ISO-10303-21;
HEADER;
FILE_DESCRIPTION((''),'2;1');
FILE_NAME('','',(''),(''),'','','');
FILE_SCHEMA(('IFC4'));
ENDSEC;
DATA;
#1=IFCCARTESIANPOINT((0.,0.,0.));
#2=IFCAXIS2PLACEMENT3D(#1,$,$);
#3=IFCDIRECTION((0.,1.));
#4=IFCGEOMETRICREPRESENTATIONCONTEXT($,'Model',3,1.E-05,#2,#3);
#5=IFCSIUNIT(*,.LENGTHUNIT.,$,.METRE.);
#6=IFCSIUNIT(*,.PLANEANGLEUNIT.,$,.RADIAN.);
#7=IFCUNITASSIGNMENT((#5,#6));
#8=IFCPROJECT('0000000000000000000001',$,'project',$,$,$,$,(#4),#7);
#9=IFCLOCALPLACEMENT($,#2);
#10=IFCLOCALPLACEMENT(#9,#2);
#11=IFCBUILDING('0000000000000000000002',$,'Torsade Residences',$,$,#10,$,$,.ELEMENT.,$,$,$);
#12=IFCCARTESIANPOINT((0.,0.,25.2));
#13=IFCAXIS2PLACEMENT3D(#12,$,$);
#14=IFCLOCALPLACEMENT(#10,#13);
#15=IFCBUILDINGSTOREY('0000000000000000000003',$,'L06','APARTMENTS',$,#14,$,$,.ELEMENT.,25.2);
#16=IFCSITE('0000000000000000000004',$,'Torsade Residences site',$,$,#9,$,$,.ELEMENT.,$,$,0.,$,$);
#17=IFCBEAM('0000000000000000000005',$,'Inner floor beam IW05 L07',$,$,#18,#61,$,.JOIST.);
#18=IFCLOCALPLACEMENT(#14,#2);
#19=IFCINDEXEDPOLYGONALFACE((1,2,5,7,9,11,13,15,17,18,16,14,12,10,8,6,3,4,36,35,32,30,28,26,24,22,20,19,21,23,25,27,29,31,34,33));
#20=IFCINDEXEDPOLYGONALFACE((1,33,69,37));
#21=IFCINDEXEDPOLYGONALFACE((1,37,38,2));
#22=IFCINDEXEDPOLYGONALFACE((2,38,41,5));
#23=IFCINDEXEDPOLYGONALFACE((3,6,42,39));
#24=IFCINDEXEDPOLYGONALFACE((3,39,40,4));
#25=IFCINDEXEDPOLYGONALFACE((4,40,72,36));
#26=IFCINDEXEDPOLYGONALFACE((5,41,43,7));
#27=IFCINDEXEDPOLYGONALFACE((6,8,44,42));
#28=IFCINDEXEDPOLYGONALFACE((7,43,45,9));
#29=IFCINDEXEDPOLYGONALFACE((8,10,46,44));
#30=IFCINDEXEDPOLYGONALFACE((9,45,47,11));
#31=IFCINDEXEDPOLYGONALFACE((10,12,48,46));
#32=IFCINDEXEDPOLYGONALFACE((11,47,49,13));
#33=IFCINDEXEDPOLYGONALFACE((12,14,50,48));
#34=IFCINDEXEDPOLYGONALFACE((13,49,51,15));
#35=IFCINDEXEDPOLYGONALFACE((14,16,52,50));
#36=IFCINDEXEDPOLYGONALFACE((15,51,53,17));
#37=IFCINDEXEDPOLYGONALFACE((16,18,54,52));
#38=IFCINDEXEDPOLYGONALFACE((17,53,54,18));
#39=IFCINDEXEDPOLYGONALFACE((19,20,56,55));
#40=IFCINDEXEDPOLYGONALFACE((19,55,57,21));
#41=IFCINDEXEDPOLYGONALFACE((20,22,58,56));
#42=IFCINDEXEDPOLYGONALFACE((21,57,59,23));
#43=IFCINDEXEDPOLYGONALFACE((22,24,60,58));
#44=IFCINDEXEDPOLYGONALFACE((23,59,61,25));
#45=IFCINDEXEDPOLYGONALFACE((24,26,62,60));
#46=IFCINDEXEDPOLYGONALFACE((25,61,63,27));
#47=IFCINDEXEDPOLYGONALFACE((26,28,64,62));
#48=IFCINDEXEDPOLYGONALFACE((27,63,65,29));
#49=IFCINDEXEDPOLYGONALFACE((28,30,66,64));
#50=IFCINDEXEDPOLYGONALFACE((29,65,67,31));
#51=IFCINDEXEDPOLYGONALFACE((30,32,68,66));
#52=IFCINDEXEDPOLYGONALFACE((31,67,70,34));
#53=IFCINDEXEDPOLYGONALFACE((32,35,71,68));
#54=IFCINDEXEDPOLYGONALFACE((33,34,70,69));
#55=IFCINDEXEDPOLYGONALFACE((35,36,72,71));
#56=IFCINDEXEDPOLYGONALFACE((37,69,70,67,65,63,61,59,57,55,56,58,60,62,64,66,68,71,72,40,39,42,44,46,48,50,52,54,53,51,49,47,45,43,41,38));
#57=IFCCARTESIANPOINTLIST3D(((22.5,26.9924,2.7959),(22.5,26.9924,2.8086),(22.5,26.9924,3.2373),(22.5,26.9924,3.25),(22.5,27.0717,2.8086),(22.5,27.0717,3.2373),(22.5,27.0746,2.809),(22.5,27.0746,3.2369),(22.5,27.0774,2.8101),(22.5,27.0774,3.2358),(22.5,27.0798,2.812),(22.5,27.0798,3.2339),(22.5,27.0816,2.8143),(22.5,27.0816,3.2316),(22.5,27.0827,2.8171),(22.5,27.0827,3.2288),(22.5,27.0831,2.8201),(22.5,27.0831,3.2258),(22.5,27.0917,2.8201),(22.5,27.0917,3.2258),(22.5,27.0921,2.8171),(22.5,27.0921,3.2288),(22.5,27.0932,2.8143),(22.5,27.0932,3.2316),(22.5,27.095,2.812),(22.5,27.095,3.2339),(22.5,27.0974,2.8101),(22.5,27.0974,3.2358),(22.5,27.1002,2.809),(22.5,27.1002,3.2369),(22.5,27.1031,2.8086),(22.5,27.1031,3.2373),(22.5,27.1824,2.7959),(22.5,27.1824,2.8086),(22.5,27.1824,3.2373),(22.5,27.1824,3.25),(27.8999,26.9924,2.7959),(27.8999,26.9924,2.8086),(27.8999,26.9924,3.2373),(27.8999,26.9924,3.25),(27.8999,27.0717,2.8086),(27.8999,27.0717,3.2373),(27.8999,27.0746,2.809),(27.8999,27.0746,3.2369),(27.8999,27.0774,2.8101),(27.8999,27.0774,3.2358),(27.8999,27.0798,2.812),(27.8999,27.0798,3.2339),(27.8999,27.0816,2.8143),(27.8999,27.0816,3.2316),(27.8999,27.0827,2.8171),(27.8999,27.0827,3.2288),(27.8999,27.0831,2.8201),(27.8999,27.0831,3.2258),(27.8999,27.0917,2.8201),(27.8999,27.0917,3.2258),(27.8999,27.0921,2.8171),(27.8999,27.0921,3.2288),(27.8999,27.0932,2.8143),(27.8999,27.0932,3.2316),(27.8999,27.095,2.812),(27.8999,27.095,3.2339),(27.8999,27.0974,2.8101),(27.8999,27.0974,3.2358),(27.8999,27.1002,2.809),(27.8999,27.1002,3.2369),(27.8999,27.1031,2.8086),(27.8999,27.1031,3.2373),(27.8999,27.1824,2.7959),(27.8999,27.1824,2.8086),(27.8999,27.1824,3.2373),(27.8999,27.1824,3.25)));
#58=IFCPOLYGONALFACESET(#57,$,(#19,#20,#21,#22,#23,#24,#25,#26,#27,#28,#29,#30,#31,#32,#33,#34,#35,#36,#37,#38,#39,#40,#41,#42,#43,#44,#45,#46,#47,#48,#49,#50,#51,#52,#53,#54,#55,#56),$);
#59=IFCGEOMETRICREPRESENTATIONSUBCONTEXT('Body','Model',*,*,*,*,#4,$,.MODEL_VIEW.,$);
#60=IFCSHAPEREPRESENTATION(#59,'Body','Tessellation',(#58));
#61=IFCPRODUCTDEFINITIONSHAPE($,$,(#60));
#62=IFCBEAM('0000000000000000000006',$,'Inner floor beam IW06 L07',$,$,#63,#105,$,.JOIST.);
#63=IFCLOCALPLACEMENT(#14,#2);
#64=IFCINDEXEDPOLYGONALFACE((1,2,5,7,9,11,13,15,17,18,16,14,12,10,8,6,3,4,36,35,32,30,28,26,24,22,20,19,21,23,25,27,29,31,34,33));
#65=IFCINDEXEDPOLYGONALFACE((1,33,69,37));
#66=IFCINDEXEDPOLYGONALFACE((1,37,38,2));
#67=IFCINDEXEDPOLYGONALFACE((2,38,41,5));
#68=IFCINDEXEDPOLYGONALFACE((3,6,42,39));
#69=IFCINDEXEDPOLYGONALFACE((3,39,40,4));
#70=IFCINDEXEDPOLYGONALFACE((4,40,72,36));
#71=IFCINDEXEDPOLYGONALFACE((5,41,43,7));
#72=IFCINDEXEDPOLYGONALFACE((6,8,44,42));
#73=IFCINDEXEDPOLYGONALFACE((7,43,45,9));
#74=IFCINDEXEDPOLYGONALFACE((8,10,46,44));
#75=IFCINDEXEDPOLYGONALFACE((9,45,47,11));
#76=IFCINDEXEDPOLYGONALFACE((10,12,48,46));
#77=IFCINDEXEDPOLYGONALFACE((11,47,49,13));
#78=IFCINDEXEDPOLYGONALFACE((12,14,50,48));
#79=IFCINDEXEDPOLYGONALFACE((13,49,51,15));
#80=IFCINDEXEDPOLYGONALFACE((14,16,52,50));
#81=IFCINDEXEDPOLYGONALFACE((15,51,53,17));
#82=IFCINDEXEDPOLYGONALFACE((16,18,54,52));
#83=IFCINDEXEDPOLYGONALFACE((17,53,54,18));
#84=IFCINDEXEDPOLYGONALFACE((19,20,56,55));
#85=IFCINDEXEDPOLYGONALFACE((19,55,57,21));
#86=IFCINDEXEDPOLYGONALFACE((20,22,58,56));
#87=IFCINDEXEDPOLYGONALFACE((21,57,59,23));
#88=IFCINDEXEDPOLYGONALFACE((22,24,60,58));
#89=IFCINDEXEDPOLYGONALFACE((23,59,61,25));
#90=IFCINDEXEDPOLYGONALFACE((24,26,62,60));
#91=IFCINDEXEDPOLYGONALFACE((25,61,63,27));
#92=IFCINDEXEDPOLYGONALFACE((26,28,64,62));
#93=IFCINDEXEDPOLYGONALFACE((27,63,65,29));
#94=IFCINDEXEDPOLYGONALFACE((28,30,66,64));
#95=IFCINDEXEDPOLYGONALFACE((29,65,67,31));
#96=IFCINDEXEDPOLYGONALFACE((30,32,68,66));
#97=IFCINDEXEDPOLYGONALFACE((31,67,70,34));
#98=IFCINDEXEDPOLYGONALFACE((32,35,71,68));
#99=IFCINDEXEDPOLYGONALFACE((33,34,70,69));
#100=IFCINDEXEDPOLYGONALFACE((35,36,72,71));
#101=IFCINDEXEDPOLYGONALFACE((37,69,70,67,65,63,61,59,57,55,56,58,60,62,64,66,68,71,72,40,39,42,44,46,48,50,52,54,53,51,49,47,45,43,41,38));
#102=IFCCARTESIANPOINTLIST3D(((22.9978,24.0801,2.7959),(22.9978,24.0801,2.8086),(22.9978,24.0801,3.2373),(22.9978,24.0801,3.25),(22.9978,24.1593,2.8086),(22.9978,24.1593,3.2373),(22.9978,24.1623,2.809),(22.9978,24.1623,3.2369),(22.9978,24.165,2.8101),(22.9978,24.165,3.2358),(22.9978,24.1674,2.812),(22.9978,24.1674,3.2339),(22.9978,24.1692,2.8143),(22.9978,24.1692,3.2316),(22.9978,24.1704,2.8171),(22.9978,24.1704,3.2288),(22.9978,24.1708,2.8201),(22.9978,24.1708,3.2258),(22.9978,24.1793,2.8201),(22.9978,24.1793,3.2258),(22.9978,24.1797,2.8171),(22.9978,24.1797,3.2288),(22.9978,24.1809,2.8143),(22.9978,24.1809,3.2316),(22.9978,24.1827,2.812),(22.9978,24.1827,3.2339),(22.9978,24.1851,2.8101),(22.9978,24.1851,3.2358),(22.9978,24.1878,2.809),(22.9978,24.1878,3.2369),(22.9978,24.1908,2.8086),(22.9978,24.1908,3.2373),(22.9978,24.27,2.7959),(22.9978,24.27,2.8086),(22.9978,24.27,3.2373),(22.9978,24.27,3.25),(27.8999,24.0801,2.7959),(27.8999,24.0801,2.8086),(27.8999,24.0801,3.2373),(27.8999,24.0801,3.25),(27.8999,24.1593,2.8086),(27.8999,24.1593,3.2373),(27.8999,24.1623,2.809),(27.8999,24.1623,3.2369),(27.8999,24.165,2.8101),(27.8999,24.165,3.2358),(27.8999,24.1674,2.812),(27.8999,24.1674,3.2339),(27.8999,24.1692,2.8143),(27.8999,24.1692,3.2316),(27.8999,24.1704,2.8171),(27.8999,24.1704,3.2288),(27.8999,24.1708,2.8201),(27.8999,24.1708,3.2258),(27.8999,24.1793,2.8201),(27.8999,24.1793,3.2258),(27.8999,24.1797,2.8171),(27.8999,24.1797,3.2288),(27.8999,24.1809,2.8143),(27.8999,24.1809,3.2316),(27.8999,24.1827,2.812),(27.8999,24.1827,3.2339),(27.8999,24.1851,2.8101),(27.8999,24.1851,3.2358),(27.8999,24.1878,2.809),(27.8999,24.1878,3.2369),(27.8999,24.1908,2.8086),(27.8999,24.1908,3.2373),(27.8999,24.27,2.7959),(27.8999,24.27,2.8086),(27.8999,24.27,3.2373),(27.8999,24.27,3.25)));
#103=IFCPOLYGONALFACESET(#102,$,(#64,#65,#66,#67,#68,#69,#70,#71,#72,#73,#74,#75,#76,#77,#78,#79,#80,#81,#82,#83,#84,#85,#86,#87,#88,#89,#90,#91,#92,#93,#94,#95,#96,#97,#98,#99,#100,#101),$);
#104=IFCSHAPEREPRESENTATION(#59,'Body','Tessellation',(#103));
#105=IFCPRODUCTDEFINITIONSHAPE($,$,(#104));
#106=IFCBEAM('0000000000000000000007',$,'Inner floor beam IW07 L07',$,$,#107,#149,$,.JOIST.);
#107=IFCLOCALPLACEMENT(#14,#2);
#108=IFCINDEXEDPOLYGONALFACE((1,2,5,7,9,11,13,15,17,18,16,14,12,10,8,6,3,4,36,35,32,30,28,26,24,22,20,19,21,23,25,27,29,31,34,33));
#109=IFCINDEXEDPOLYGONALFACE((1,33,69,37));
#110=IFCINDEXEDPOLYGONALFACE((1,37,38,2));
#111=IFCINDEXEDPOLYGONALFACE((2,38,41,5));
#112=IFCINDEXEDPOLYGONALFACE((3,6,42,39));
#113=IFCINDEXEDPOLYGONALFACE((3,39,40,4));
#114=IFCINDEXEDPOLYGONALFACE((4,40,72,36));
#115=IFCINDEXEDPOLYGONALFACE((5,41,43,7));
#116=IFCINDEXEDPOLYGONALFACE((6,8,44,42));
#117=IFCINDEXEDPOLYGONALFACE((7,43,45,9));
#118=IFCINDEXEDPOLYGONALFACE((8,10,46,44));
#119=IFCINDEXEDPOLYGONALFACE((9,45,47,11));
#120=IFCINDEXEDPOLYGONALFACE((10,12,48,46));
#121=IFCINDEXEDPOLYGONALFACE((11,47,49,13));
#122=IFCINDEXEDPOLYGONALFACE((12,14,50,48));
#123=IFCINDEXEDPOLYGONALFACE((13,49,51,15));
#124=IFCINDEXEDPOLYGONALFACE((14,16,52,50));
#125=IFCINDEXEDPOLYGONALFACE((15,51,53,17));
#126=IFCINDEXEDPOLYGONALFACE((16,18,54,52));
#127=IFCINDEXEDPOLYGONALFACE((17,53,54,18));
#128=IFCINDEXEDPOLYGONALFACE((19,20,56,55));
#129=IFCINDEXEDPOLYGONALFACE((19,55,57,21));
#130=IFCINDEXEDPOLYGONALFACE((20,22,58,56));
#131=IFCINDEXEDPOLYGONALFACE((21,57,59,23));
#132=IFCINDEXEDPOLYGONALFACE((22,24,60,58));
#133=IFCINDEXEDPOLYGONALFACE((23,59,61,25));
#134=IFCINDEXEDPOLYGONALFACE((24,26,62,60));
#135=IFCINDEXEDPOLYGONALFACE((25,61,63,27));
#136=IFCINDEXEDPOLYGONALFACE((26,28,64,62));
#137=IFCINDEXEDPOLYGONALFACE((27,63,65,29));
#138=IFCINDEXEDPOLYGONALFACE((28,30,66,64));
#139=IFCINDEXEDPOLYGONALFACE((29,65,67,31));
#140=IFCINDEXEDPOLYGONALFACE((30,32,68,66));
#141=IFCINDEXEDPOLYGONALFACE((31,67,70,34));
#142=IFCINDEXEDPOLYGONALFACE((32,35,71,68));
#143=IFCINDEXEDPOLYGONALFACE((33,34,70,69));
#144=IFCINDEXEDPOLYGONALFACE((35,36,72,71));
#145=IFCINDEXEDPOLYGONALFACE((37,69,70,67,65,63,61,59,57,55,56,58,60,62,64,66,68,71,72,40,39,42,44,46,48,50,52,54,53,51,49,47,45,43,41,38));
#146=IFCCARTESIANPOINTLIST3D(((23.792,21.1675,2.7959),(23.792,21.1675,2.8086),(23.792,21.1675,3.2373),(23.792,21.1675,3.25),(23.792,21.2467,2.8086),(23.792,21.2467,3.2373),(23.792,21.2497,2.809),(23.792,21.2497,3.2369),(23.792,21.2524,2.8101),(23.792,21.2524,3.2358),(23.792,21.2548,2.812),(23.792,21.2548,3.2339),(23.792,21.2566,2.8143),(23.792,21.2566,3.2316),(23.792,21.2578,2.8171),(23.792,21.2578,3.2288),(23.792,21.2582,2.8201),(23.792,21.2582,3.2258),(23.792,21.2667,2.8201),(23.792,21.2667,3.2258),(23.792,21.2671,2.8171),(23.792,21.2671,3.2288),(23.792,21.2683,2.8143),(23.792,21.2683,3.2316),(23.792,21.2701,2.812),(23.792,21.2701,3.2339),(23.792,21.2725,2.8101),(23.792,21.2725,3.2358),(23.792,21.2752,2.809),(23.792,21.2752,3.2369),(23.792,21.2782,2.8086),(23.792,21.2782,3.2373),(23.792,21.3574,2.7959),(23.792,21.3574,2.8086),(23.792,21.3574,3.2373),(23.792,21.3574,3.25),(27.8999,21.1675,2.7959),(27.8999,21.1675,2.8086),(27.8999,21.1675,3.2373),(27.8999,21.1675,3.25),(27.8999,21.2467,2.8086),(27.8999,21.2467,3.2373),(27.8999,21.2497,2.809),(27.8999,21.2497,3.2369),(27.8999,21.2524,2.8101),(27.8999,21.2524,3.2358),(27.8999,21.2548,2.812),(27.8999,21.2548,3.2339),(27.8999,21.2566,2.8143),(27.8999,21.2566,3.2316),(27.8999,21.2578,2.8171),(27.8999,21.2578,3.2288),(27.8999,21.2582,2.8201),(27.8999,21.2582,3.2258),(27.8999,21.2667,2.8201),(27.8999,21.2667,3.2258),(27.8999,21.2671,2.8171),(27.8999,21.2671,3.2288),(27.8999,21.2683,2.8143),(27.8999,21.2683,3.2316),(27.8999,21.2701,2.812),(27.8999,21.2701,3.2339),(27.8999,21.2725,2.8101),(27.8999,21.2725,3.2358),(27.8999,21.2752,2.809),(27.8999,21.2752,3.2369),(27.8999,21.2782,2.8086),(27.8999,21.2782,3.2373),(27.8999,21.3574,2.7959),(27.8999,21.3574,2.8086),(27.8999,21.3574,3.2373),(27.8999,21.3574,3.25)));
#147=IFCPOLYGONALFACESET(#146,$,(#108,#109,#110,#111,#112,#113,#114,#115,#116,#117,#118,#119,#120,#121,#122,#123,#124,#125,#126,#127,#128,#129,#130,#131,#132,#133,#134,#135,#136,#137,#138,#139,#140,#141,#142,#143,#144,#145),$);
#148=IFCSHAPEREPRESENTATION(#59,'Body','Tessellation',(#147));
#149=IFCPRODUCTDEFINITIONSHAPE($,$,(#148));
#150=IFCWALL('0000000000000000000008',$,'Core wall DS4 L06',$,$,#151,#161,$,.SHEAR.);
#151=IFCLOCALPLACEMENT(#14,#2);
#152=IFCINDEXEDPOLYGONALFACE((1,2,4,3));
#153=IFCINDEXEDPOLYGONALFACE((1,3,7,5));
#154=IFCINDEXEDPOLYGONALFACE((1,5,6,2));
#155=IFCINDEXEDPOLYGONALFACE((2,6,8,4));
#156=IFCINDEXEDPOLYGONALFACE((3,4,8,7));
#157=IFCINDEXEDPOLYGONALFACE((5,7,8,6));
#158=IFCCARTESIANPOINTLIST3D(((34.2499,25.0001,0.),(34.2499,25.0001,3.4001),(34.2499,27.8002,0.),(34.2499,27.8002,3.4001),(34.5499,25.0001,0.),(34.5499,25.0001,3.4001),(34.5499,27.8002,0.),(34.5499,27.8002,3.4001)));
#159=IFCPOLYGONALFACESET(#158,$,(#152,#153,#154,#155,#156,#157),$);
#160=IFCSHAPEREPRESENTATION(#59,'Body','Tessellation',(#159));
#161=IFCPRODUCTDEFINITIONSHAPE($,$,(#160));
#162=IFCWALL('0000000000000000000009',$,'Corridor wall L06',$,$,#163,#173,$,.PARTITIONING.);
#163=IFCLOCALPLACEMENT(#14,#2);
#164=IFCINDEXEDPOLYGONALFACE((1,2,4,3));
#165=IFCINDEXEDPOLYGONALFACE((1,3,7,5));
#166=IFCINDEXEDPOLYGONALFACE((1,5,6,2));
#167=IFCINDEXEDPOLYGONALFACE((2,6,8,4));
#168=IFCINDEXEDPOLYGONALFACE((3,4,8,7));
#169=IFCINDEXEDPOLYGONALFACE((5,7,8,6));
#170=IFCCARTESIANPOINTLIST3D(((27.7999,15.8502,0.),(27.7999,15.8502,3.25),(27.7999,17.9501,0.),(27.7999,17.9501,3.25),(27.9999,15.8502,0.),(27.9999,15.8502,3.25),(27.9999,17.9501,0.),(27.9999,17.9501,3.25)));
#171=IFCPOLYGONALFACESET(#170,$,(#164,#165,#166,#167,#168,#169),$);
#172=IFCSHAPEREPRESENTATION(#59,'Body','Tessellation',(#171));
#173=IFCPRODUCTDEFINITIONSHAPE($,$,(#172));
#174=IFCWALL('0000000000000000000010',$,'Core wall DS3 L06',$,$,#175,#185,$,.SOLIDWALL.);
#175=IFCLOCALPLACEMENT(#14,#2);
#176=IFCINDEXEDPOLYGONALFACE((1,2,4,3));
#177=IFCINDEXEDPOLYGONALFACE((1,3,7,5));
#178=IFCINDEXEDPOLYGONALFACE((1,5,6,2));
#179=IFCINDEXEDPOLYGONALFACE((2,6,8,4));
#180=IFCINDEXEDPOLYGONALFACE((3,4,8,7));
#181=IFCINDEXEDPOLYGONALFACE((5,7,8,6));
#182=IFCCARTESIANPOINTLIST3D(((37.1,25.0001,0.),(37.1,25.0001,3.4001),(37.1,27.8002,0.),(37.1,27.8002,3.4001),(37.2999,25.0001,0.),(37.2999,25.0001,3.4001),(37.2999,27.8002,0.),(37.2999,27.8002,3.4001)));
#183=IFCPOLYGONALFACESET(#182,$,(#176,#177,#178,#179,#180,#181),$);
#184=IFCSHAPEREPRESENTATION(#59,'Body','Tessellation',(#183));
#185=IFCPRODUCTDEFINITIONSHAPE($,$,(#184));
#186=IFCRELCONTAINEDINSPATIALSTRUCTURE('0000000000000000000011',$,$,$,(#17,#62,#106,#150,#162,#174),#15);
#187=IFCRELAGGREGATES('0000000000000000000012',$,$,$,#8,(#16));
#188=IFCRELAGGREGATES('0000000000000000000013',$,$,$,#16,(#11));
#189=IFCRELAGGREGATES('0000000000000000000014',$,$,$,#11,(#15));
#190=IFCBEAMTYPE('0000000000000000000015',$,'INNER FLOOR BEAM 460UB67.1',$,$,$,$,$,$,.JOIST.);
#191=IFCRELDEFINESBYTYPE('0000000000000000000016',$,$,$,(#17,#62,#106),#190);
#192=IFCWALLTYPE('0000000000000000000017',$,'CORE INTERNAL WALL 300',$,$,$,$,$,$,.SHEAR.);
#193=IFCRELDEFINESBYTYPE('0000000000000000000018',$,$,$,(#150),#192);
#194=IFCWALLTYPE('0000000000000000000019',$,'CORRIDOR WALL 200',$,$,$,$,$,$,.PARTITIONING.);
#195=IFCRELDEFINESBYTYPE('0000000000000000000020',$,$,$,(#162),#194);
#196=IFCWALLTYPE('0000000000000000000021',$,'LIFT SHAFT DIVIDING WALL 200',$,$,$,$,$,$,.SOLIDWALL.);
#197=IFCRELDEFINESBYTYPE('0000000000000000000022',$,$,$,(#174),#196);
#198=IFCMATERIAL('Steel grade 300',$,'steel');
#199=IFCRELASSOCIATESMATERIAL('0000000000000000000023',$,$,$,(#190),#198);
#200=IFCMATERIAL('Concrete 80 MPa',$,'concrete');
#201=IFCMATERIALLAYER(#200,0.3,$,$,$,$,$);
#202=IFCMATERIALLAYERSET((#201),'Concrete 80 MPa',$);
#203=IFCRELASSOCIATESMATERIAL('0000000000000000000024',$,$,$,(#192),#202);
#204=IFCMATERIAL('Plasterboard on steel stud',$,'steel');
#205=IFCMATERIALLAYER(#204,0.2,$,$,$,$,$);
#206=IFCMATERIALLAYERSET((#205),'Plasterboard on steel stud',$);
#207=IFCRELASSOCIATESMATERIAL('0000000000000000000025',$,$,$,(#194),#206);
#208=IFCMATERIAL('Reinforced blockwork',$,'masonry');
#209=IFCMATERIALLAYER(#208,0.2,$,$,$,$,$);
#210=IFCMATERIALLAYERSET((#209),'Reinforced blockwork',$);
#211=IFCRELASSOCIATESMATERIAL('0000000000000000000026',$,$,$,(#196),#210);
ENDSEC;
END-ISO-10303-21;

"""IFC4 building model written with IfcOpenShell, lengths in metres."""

from ifc_helpers import new_model, si_unit, direction, frame, frame_2d, origin, origin_2d, place, context, subcontext, project, spatial, rectangle, i_section, extrude, material, layer, layer_set, material_profile, profile_set, type_object, element, save


model = new_model("IFC4")

# Units and contexts
model_context = context("Model", 3, precision=1e-05, world=origin(), true_north=direction((0.0, 1.0)))
body_context = subcontext(model_context, "Body", "Model", "MODEL_VIEW")
ifc_project = project(units=[si_unit("LENGTHUNIT", "METRE"), si_unit("PLANEANGLEUNIT", "RADIAN")], contexts=[model_context])

# Site, building, storey
site_placement = place(None, origin())
site = spatial("IfcSite", under=ifc_project, at=site_placement, Name="Torsade Residences site", CompositionType="ELEMENT", RefElevation=0.0)
building_placement = place(site_placement, origin())
building = spatial("IfcBuilding", under=site, at=building_placement, Name="Torsade Residences", CompositionType="ELEMENT")
storey_placement = place(building_placement, frame((0.0, 0.0, 25.2)))
storey = spatial("IfcBuildingStorey", under=building, at=storey_placement, Name="L06", Description="APARTMENTS", CompositionType="ELEMENT", Elevation=25.2)

# Beams
ifc_material_1 = material(Name="Steel grade 300", Category="steel")
ifc_material_profile_1 = material_profile(ifc_material_1, i_section(OverallWidth=0.1899, OverallDepth=0.4541, WebThickness=0.0085, FlangeThickness=0.0127, FilletRadius=0.0115, at=origin_2d()), Name="460UB67.1")
ifc_profile_set_1 = profile_set([ifc_material_profile_1], Name="Steel grade 300")
beam_type = type_object("IfcBeamType", Name="INNER FLOOR BEAM 460UB67.1", PredefinedType="JOIST", material=ifc_profile_set_1)
beam_1_placement = place(storey_placement, frame((27.8999, 27.0874, 3.0229), z_axis=(-1.0, 0.0, 0.0), x_axis=(0.0, -1.0, 0.0)))
element("IfcBeam", 1, at=beam_1_placement, inside=storey, type_object=beam_type, Name="Inner floor beam IW05 L07", PredefinedType="JOIST", context=body_context, shape_type="SweptSolid", body=[
    extrude(i_section(OverallWidth=0.1899, OverallDepth=0.4541, WebThickness=0.0085, FlangeThickness=0.0127, FilletRadius=0.0115, at=origin_2d()), origin(), (0.0, 0.0, 1.0), 5.3999),
])
beam_2_placement = place(storey_placement, frame((27.8999, 24.175, 3.0229), z_axis=(-1.0, 0.0, 0.0), x_axis=(0.0, -1.0, 0.0)))
element("IfcBeam", 2, at=beam_2_placement, inside=storey, type_object=beam_type, Name="Inner floor beam IW06 L07", PredefinedType="JOIST", context=body_context, shape_type="SweptSolid", body=[
    extrude(i_section(OverallWidth=0.1899, OverallDepth=0.4541, WebThickness=0.0085, FlangeThickness=0.0127, FilletRadius=0.0115, at=origin_2d()), origin(), (0.0, 0.0, 1.0), 4.9021),
])
beam_3_placement = place(storey_placement, frame((27.8999, 21.2625, 3.0229), z_axis=(-1.0, 0.0, 0.0), x_axis=(0.0, -1.0, 0.0)))
element("IfcBeam", 3, at=beam_3_placement, inside=storey, type_object=beam_type, Name="Inner floor beam IW07 L07", PredefinedType="JOIST", context=body_context, shape_type="SweptSolid", body=[
    extrude(i_section(OverallWidth=0.1899, OverallDepth=0.4541, WebThickness=0.0085, FlangeThickness=0.0127, FilletRadius=0.0115, at=origin_2d()), origin(), (0.0, 0.0, 1.0), 4.1079),
])

# Walls
ifc_material_2 = material(Name="Concrete 80 MPa", Category="concrete")
ifc_layer_1 = layer(ifc_material_2, 0.3)
ifc_layer_set_1 = layer_set([ifc_layer_1], Name="Concrete 80 MPa")
wall_type_1 = type_object("IfcWallType", Name="CORE INTERNAL WALL 300", PredefinedType="SHEAR", material=ifc_layer_set_1)
wall_1_placement = place(storey_placement, frame((34.3999, 27.8, 0.0), z_axis=(0.0, 0.0, 1.0), x_axis=(0.0, -1.0, 0.0)))
element("IfcWall", 4, at=wall_1_placement, inside=storey, type_object=wall_type_1, Name="Core wall DS4 L06", PredefinedType="SHEAR", context=body_context, shape_type="SweptSolid", body=[
    extrude(rectangle(XDim=2.8, YDim=0.3, at=frame_2d((1.3999, 0.0))), origin(), (0.0, 0.0, 1.0), 3.4001),
])
ifc_material_3 = material(Name="Plasterboard on steel stud", Category="steel")
ifc_layer_2 = layer(ifc_material_3, 0.2)
ifc_layer_set_2 = layer_set([ifc_layer_2], Name="Plasterboard on steel stud")
wall_type_2 = type_object("IfcWallType", Name="CORRIDOR WALL 200", PredefinedType="PARTITIONING", material=ifc_layer_set_2)
wall_2_placement = place(storey_placement, frame((27.8999, 17.95, 0.0), z_axis=(0.0, 0.0, 1.0), x_axis=(0.0, -1.0, 0.0)))
element("IfcWall", 5, at=wall_2_placement, inside=storey, type_object=wall_type_2, Name="Corridor wall L06", PredefinedType="PARTITIONING", context=body_context, shape_type="SweptSolid", body=[
    extrude(rectangle(XDim=2.0999, YDim=0.2, at=frame_2d((1.0498, 0.0))), origin(), (0.0, 0.0, 1.0), 3.25),
])
ifc_material_4 = material(Name="Reinforced blockwork", Category="masonry")
ifc_layer_3 = layer(ifc_material_4, 0.2)
ifc_layer_set_3 = layer_set([ifc_layer_3], Name="Reinforced blockwork")
wall_type_3 = type_object("IfcWallType", Name="LIFT SHAFT DIVIDING WALL 200", PredefinedType="SOLIDWALL", material=ifc_layer_set_3)
wall_3_placement = place(storey_placement, frame((37.2, 27.8, 0.0), z_axis=(0.0, 0.0, 1.0), x_axis=(0.0, -1.0, 0.0)))
element("IfcWall", 6, at=wall_3_placement, inside=storey, type_object=wall_type_3, Name="Core wall DS3 L06", PredefinedType="SOLIDWALL", context=body_context, shape_type="SweptSolid", body=[
    extrude(rectangle(XDim=2.8, YDim=0.2, at=frame_2d((1.3999, 0.0))), origin(), (0.0, 0.0, 1.0), 3.4001),
])

save(model, "model.ifc")
